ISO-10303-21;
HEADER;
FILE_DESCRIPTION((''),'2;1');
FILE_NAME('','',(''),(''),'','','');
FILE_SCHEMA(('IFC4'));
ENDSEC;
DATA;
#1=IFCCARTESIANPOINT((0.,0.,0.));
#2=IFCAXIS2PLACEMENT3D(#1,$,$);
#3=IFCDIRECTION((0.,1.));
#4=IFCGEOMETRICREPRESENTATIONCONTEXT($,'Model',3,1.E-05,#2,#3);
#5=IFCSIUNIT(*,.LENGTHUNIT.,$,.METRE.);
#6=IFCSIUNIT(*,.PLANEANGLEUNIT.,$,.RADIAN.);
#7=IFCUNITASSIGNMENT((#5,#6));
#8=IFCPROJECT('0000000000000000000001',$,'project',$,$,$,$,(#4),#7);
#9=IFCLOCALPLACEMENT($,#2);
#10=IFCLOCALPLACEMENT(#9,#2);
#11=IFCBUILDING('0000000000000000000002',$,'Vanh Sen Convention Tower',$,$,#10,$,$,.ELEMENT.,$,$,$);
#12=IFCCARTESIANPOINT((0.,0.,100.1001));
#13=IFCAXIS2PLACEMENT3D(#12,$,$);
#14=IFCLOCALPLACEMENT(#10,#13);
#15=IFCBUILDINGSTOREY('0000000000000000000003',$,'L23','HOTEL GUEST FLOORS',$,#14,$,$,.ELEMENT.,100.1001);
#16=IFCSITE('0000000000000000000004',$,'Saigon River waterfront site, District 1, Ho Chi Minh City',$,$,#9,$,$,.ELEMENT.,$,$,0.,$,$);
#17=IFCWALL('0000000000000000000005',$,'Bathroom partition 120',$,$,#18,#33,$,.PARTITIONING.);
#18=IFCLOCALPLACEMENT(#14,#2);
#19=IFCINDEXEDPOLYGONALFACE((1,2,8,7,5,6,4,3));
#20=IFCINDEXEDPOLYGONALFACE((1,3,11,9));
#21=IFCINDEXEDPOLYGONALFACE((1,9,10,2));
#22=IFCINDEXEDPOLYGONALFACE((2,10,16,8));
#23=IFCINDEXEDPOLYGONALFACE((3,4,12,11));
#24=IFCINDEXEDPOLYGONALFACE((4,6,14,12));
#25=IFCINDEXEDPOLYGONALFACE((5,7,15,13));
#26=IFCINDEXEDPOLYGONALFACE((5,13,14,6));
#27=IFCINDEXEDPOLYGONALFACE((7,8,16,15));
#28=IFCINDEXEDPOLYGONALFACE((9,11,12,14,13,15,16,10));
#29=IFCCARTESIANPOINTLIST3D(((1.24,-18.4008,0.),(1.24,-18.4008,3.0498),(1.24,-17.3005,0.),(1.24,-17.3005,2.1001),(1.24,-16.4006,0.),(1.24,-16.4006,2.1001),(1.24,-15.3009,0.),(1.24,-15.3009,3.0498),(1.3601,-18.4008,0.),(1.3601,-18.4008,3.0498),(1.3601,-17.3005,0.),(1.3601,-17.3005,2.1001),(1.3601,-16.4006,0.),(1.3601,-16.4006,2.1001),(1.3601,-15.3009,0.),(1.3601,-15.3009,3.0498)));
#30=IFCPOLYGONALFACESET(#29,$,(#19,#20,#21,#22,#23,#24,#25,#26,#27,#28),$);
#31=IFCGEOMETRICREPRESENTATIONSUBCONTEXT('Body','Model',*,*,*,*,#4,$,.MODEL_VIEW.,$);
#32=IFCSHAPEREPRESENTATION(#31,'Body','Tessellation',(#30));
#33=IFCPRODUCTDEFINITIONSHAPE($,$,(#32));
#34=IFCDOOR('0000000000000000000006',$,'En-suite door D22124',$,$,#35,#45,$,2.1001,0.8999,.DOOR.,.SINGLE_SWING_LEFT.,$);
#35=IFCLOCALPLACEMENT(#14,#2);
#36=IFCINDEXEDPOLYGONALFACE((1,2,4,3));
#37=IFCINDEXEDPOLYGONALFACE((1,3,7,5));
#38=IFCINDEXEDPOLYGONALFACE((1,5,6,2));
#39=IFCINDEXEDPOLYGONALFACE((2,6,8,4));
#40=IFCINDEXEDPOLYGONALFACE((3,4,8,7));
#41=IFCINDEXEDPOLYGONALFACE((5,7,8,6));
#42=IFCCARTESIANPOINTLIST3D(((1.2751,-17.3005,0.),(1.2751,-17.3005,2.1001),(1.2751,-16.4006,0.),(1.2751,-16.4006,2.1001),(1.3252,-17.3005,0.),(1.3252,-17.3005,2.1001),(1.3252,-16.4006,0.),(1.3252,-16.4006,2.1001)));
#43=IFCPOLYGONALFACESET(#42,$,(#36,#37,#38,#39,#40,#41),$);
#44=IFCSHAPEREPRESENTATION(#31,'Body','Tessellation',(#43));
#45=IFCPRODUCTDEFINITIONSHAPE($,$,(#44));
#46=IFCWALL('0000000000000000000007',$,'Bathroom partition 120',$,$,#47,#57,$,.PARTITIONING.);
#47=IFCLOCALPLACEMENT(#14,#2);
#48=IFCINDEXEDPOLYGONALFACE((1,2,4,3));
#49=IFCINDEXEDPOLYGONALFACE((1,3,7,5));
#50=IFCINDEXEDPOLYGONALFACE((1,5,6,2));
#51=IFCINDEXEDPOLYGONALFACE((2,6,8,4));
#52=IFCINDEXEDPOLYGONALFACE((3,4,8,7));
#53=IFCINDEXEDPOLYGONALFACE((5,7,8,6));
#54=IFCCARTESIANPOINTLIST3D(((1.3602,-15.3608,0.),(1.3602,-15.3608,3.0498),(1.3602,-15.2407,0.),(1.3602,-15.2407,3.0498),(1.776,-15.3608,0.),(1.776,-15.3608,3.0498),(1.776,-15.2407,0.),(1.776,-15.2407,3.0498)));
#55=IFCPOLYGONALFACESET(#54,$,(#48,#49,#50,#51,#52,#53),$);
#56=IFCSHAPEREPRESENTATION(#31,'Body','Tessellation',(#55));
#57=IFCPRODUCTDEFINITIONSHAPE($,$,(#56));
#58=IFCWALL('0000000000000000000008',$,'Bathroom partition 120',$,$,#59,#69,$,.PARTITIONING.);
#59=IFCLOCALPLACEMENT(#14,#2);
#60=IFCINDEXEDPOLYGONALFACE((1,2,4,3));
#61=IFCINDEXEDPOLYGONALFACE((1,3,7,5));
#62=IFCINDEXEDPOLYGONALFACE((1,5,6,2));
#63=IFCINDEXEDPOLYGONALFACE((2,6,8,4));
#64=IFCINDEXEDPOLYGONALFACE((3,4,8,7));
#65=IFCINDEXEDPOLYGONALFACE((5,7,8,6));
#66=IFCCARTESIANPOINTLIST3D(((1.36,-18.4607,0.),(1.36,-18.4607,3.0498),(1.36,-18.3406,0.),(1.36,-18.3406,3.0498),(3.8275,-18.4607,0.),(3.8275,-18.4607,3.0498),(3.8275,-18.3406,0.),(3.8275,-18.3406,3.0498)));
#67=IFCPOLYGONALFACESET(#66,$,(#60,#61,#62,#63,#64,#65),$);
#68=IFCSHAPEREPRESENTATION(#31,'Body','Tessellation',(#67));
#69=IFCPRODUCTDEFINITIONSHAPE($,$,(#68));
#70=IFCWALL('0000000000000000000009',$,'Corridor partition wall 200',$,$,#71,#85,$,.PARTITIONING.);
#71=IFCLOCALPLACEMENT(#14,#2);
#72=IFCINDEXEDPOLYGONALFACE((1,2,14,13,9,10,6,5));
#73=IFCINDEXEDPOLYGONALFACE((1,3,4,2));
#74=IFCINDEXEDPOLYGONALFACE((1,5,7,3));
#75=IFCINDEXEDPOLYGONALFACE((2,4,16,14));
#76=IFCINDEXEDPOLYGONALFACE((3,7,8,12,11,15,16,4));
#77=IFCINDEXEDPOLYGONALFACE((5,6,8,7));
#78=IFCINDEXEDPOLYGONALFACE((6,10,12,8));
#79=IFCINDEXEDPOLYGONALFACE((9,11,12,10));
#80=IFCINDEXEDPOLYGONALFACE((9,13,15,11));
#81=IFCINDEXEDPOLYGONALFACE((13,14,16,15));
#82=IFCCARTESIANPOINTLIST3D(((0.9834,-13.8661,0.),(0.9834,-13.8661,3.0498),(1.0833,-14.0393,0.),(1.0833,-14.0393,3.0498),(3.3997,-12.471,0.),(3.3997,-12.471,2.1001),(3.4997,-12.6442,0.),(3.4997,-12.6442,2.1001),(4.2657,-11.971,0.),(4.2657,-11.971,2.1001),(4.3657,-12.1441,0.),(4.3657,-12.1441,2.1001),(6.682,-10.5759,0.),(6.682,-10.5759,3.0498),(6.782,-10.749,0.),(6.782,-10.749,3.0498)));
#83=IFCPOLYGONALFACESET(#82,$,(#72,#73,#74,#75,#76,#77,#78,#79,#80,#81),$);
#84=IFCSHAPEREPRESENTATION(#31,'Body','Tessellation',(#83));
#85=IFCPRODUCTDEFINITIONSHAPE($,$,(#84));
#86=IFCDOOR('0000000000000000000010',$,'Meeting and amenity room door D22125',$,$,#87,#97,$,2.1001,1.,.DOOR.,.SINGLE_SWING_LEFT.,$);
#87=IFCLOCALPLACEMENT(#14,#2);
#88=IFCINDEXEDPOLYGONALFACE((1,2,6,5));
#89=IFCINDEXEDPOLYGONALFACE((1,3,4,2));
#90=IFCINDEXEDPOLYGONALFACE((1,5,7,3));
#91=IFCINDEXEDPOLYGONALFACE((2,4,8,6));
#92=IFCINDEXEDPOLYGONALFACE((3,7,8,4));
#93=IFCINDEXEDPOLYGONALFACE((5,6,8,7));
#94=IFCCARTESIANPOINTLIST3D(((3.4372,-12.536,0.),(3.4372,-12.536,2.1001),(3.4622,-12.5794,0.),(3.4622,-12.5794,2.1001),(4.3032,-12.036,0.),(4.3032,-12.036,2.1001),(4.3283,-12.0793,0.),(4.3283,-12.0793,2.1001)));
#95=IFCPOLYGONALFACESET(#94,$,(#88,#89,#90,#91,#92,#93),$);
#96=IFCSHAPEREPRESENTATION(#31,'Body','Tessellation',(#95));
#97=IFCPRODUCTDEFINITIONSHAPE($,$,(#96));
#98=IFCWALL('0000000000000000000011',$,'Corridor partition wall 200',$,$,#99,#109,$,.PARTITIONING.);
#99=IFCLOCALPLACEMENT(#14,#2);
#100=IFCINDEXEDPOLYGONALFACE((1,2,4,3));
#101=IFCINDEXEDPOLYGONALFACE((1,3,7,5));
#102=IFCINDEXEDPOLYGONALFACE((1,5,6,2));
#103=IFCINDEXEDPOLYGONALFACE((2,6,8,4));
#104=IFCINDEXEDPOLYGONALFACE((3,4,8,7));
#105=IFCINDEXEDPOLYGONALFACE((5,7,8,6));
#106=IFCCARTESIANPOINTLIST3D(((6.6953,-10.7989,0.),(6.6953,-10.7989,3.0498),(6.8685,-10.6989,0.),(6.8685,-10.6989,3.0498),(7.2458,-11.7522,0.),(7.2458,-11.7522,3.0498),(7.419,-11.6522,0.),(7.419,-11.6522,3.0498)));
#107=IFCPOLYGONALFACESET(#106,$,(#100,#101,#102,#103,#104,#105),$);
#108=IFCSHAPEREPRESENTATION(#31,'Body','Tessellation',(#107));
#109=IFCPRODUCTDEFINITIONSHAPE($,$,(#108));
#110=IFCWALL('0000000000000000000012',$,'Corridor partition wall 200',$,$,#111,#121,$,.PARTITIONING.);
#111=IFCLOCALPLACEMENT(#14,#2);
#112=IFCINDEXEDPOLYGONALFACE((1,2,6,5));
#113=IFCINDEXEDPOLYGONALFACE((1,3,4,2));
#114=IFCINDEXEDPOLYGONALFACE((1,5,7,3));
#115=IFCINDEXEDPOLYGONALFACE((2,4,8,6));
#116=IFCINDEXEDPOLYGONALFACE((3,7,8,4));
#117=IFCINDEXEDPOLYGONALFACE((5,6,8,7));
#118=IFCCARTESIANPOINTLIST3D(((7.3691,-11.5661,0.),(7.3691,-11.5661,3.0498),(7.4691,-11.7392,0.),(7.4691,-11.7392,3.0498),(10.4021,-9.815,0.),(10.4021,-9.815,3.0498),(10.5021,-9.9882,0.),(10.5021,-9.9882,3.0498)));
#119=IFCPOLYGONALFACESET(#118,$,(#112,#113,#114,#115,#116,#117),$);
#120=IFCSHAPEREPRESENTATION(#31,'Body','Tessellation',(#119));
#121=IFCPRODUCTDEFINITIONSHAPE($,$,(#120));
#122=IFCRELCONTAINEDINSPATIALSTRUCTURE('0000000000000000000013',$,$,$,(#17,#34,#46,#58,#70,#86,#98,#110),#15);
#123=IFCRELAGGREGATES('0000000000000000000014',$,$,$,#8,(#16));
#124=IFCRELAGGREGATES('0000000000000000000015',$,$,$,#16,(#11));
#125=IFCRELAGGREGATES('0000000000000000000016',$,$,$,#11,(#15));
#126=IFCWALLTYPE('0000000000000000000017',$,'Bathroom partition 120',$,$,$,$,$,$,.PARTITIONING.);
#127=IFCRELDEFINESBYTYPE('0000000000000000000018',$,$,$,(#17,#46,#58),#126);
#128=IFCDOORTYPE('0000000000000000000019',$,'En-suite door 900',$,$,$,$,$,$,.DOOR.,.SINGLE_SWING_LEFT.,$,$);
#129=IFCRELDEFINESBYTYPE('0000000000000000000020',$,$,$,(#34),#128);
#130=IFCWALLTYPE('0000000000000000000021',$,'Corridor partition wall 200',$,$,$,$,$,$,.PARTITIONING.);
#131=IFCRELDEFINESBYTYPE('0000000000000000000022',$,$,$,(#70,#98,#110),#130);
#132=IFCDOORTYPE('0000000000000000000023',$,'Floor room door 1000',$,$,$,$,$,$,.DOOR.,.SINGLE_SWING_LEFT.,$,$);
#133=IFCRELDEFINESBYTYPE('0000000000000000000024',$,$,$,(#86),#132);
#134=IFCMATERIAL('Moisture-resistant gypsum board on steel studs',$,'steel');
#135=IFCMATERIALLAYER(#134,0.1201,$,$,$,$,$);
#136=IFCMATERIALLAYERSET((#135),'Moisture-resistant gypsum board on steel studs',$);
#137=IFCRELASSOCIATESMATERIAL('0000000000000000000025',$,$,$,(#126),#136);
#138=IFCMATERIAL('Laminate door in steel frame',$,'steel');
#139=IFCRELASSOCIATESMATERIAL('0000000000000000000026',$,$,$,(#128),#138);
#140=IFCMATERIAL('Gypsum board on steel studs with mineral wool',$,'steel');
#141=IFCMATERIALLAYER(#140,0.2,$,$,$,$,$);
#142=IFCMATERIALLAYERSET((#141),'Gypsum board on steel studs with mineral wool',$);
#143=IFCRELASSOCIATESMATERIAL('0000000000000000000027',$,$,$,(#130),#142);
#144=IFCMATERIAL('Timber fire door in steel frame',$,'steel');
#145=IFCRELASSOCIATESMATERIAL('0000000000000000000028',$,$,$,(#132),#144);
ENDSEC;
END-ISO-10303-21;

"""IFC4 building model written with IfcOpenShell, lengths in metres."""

from ifc_helpers import new_model, si_unit, direction, frame, frame_2d, origin, place, context, subcontext, project, spatial, rectangle, extrude, material, layer, layer_set, type_object, element, fill, save


model = new_model("IFC4")

# Units and contexts
model_context = context("Model", 3, precision=1e-05, world=origin(), true_north=direction((0.0, 1.0)))
body_context = subcontext(model_context, "Body", "Model", "MODEL_VIEW")
ifc_project = project(units=[si_unit("LENGTHUNIT", "METRE"), si_unit("PLANEANGLEUNIT", "RADIAN")], contexts=[model_context])

# Site, building, storey
site_placement = place(None, origin())
site = spatial("IfcSite", under=ifc_project, at=site_placement, Name="Saigon River waterfront site, District 1, Ho Chi Minh City", CompositionType="ELEMENT", RefElevation=0.0)
building_placement = place(site_placement, origin())
building = spatial("IfcBuilding", under=site, at=building_placement, Name="Vanh Sen Convention Tower", CompositionType="ELEMENT")
storey_placement = place(building_placement, frame((0.0, 0.0, 100.1001)))
storey = spatial("IfcBuildingStorey", under=building, at=storey_placement, Name="L23", Description="HOTEL GUEST FLOORS", CompositionType="ELEMENT", Elevation=100.1001)

# Wall, opening, door
ifc_material_1 = material(Name="Moisture-resistant gypsum board on steel studs", Category="steel")
ifc_layer_1 = layer(ifc_material_1, 0.1201)
ifc_layer_set_1 = layer_set([ifc_layer_1], Name="Moisture-resistant gypsum board on steel studs")
wall_type_1 = type_object("IfcWallType", Name="Bathroom partition 120", PredefinedType="PARTITIONING", material=ifc_layer_set_1)
wall_1_placement = place(storey_placement, frame((1.3, -18.4006, 0.0), z_axis=(0.0, 0.0, 1.0), x_axis=(0.0, 1.0, 0.0)))
wall_1 = element("IfcWall", 1, at=wall_1_placement, inside=storey, type_object=wall_type_1, Name="Bathroom partition 120", PredefinedType="PARTITIONING", context=body_context, shape_type="SweptSolid", body=[
    extrude(rectangle(XDim=3.0999, YDim=0.1201, at=frame_2d((1.5498, 0.0))), origin(), (0.0, 0.0, 1.0), 3.0498),
])
opening_1_placement = place(wall_1_placement, frame((1.1001, 0.0, 0.0)))
opening_1 = element("IfcOpeningElement", 2, at=opening_1_placement, cuts=wall_1, PredefinedType="OPENING", context=body_context, shape_type="SweptSolid", body=[
    extrude(rectangle(XDim=0.8999, YDim=2.1001, at=frame_2d((0.45, 1.05))), frame((0.0, 0.0701, 0.0), z_axis=(0.0, -1.0, 0.0), x_axis=(1.0, 0.0, 0.0)), (0.0, 0.0, 1.0), 0.1401),
])
ifc_material_2 = material(Name="Laminate door in steel frame", Category="steel")
door_type_1 = type_object("IfcDoorType", Name="En-suite door 900", OperationType="SINGLE_SWING_LEFT", PredefinedType="DOOR", material=ifc_material_2)
door_1_placement = place(opening_1_placement, origin())
door_1 = element("IfcDoor", 3, at=door_1_placement, inside=storey, type_object=door_type_1, Name="En-suite door D22124", OperationType="SINGLE_SWING_LEFT", OverallHeight=2.1001, OverallWidth=0.8999, PredefinedType="DOOR", context=body_context, shape_type="SweptSolid", body=[
    extrude(rectangle(XDim=0.8999, YDim=2.1001, at=frame_2d((0.45, 1.05))), frame((0.0, 0.0249, 0.0), z_axis=(0.0, -1.0, 0.0), x_axis=(1.0, 0.0, 0.0)), (0.0, 0.0, 1.0), 0.05),
])
fill(opening_1, door_1)

# Walls
wall_2_placement = place(storey_placement, frame((1.3601, -15.3008, 0.0), z_axis=(0.0, 0.0, 1.0), x_axis=(1.0, 0.0, 0.0)))
element("IfcWall", 4, at=wall_2_placement, inside=storey, type_object=wall_type_1, Name="Bathroom partition 120", PredefinedType="PARTITIONING", context=body_context, shape_type="SweptSolid", body=[
    extrude(rectangle(XDim=0.4158, YDim=0.1201, at=frame_2d((0.208, 0.0))), origin(), (0.0, 0.0, 1.0), 3.0498),
])
wall_3_placement = place(storey_placement, frame((3.8276, -18.4006, 0.0), z_axis=(0.0, 0.0, 1.0), x_axis=(-1.0, 0.0, 0.0)))
element("IfcWall", 5, at=wall_3_placement, inside=storey, type_object=wall_type_1, Name="Bathroom partition 120", PredefinedType="PARTITIONING", context=body_context, shape_type="SweptSolid", body=[
    extrude(rectangle(XDim=2.4675, YDim=0.1201, at=frame_2d((1.2339, 0.0))), origin(), (0.0, 0.0, 1.0), 3.0498),
])

# Wall, opening, door
ifc_material_3 = material(Name="Gypsum board on steel studs with mineral wool", Category="steel")
ifc_layer_2 = layer(ifc_material_3, 0.2)
ifc_layer_set_2 = layer_set([ifc_layer_2], Name="Gypsum board on steel studs with mineral wool")
wall_type_2 = type_object("IfcWallType", Name="Corridor partition wall 200", PredefinedType="PARTITIONING", material=ifc_layer_set_2)
wall_4_placement = place(storey_placement, frame((1.0334, -13.9526, 0.0), z_axis=(0.0, 0.0, 1.0), x_axis=(0.866018, 0.500014, 0.0)))
wall_4 = element("IfcWall", 6, at=wall_4_placement, inside=storey, type_object=wall_type_2, Name="Corridor partition wall 200", PredefinedType="PARTITIONING", context=body_context, shape_type="SweptSolid", body=[
    extrude(rectangle(XDim=6.5803, YDim=0.2, at=frame_2d((3.29, 0.0))), origin(), (0.0, 0.0, 1.0), 3.0498),
])
opening_2_placement = place(wall_4_placement, frame((2.79, 0.0, 0.0)))
opening_2 = element("IfcOpeningElement", 7, at=opening_2_placement, cuts=wall_4, PredefinedType="OPENING", context=body_context, shape_type="SweptSolid", body=[
    extrude(rectangle(XDim=1.0, YDim=2.1001, at=frame_2d((0.5, 1.05))), frame((0.0, 0.1099, 0.0), z_axis=(0.0, -1.0, 0.0), x_axis=(1.0, 0.0, 0.0)), (0.0, 0.0, 1.0), 0.22),
])
ifc_material_4 = material(Name="Timber fire door in steel frame", Category="steel")
door_type_2 = type_object("IfcDoorType", Name="Floor room door 1000", OperationType="SINGLE_SWING_LEFT", PredefinedType="DOOR", material=ifc_material_4)
door_2_placement = place(opening_2_placement, origin())
door_2 = element("IfcDoor", 8, at=door_2_placement, inside=storey, type_object=door_type_2, Name="Meeting and amenity room door D22125", OperationType="SINGLE_SWING_LEFT", OverallHeight=2.1001, OverallWidth=1.0, PredefinedType="DOOR", context=body_context, shape_type="SweptSolid", body=[
    extrude(rectangle(XDim=1.0, YDim=2.1001, at=frame_2d((0.5, 1.05))), frame((0.0, 0.0249, 0.0), z_axis=(0.0, -1.0, 0.0), x_axis=(1.0, 0.0, 0.0)), (0.0, 0.0, 1.0), 0.05),
])
fill(opening_2, door_2)

# Walls
wall_5_placement = place(storey_placement, frame((6.782, -10.749, 0.0), z_axis=(0.0, 0.0, 1.0), x_axis=(0.500074, -0.865982, 0.0)))
element("IfcWall", 9, at=wall_5_placement, inside=storey, type_object=wall_type_2, Name="Corridor partition wall 200", PredefinedType="PARTITIONING", context=body_context, shape_type="SweptSolid", body=[
    extrude(rectangle(XDim=1.1008, YDim=0.2, at=frame_2d((0.5503, 0.0))), origin(), (0.0, 0.0, 1.0), 3.0498),
])
wall_6_placement = place(storey_placement, frame((7.4192, -11.6526, 0.0), z_axis=(0.0, 0.0, 1.0), x_axis=(0.866038, 0.499978, 0.0)))
element("IfcWall", 10, at=wall_6_placement, inside=storey, type_object=wall_type_2, Name="Corridor partition wall 200", PredefinedType="PARTITIONING", context=body_context, shape_type="SweptSolid", body=[
    extrude(rectangle(XDim=3.5022, YDim=0.2, at=frame_2d((1.751, 0.0))), origin(), (0.0, 0.0, 1.0), 3.0498),
])

save(model, "model.ifc")
